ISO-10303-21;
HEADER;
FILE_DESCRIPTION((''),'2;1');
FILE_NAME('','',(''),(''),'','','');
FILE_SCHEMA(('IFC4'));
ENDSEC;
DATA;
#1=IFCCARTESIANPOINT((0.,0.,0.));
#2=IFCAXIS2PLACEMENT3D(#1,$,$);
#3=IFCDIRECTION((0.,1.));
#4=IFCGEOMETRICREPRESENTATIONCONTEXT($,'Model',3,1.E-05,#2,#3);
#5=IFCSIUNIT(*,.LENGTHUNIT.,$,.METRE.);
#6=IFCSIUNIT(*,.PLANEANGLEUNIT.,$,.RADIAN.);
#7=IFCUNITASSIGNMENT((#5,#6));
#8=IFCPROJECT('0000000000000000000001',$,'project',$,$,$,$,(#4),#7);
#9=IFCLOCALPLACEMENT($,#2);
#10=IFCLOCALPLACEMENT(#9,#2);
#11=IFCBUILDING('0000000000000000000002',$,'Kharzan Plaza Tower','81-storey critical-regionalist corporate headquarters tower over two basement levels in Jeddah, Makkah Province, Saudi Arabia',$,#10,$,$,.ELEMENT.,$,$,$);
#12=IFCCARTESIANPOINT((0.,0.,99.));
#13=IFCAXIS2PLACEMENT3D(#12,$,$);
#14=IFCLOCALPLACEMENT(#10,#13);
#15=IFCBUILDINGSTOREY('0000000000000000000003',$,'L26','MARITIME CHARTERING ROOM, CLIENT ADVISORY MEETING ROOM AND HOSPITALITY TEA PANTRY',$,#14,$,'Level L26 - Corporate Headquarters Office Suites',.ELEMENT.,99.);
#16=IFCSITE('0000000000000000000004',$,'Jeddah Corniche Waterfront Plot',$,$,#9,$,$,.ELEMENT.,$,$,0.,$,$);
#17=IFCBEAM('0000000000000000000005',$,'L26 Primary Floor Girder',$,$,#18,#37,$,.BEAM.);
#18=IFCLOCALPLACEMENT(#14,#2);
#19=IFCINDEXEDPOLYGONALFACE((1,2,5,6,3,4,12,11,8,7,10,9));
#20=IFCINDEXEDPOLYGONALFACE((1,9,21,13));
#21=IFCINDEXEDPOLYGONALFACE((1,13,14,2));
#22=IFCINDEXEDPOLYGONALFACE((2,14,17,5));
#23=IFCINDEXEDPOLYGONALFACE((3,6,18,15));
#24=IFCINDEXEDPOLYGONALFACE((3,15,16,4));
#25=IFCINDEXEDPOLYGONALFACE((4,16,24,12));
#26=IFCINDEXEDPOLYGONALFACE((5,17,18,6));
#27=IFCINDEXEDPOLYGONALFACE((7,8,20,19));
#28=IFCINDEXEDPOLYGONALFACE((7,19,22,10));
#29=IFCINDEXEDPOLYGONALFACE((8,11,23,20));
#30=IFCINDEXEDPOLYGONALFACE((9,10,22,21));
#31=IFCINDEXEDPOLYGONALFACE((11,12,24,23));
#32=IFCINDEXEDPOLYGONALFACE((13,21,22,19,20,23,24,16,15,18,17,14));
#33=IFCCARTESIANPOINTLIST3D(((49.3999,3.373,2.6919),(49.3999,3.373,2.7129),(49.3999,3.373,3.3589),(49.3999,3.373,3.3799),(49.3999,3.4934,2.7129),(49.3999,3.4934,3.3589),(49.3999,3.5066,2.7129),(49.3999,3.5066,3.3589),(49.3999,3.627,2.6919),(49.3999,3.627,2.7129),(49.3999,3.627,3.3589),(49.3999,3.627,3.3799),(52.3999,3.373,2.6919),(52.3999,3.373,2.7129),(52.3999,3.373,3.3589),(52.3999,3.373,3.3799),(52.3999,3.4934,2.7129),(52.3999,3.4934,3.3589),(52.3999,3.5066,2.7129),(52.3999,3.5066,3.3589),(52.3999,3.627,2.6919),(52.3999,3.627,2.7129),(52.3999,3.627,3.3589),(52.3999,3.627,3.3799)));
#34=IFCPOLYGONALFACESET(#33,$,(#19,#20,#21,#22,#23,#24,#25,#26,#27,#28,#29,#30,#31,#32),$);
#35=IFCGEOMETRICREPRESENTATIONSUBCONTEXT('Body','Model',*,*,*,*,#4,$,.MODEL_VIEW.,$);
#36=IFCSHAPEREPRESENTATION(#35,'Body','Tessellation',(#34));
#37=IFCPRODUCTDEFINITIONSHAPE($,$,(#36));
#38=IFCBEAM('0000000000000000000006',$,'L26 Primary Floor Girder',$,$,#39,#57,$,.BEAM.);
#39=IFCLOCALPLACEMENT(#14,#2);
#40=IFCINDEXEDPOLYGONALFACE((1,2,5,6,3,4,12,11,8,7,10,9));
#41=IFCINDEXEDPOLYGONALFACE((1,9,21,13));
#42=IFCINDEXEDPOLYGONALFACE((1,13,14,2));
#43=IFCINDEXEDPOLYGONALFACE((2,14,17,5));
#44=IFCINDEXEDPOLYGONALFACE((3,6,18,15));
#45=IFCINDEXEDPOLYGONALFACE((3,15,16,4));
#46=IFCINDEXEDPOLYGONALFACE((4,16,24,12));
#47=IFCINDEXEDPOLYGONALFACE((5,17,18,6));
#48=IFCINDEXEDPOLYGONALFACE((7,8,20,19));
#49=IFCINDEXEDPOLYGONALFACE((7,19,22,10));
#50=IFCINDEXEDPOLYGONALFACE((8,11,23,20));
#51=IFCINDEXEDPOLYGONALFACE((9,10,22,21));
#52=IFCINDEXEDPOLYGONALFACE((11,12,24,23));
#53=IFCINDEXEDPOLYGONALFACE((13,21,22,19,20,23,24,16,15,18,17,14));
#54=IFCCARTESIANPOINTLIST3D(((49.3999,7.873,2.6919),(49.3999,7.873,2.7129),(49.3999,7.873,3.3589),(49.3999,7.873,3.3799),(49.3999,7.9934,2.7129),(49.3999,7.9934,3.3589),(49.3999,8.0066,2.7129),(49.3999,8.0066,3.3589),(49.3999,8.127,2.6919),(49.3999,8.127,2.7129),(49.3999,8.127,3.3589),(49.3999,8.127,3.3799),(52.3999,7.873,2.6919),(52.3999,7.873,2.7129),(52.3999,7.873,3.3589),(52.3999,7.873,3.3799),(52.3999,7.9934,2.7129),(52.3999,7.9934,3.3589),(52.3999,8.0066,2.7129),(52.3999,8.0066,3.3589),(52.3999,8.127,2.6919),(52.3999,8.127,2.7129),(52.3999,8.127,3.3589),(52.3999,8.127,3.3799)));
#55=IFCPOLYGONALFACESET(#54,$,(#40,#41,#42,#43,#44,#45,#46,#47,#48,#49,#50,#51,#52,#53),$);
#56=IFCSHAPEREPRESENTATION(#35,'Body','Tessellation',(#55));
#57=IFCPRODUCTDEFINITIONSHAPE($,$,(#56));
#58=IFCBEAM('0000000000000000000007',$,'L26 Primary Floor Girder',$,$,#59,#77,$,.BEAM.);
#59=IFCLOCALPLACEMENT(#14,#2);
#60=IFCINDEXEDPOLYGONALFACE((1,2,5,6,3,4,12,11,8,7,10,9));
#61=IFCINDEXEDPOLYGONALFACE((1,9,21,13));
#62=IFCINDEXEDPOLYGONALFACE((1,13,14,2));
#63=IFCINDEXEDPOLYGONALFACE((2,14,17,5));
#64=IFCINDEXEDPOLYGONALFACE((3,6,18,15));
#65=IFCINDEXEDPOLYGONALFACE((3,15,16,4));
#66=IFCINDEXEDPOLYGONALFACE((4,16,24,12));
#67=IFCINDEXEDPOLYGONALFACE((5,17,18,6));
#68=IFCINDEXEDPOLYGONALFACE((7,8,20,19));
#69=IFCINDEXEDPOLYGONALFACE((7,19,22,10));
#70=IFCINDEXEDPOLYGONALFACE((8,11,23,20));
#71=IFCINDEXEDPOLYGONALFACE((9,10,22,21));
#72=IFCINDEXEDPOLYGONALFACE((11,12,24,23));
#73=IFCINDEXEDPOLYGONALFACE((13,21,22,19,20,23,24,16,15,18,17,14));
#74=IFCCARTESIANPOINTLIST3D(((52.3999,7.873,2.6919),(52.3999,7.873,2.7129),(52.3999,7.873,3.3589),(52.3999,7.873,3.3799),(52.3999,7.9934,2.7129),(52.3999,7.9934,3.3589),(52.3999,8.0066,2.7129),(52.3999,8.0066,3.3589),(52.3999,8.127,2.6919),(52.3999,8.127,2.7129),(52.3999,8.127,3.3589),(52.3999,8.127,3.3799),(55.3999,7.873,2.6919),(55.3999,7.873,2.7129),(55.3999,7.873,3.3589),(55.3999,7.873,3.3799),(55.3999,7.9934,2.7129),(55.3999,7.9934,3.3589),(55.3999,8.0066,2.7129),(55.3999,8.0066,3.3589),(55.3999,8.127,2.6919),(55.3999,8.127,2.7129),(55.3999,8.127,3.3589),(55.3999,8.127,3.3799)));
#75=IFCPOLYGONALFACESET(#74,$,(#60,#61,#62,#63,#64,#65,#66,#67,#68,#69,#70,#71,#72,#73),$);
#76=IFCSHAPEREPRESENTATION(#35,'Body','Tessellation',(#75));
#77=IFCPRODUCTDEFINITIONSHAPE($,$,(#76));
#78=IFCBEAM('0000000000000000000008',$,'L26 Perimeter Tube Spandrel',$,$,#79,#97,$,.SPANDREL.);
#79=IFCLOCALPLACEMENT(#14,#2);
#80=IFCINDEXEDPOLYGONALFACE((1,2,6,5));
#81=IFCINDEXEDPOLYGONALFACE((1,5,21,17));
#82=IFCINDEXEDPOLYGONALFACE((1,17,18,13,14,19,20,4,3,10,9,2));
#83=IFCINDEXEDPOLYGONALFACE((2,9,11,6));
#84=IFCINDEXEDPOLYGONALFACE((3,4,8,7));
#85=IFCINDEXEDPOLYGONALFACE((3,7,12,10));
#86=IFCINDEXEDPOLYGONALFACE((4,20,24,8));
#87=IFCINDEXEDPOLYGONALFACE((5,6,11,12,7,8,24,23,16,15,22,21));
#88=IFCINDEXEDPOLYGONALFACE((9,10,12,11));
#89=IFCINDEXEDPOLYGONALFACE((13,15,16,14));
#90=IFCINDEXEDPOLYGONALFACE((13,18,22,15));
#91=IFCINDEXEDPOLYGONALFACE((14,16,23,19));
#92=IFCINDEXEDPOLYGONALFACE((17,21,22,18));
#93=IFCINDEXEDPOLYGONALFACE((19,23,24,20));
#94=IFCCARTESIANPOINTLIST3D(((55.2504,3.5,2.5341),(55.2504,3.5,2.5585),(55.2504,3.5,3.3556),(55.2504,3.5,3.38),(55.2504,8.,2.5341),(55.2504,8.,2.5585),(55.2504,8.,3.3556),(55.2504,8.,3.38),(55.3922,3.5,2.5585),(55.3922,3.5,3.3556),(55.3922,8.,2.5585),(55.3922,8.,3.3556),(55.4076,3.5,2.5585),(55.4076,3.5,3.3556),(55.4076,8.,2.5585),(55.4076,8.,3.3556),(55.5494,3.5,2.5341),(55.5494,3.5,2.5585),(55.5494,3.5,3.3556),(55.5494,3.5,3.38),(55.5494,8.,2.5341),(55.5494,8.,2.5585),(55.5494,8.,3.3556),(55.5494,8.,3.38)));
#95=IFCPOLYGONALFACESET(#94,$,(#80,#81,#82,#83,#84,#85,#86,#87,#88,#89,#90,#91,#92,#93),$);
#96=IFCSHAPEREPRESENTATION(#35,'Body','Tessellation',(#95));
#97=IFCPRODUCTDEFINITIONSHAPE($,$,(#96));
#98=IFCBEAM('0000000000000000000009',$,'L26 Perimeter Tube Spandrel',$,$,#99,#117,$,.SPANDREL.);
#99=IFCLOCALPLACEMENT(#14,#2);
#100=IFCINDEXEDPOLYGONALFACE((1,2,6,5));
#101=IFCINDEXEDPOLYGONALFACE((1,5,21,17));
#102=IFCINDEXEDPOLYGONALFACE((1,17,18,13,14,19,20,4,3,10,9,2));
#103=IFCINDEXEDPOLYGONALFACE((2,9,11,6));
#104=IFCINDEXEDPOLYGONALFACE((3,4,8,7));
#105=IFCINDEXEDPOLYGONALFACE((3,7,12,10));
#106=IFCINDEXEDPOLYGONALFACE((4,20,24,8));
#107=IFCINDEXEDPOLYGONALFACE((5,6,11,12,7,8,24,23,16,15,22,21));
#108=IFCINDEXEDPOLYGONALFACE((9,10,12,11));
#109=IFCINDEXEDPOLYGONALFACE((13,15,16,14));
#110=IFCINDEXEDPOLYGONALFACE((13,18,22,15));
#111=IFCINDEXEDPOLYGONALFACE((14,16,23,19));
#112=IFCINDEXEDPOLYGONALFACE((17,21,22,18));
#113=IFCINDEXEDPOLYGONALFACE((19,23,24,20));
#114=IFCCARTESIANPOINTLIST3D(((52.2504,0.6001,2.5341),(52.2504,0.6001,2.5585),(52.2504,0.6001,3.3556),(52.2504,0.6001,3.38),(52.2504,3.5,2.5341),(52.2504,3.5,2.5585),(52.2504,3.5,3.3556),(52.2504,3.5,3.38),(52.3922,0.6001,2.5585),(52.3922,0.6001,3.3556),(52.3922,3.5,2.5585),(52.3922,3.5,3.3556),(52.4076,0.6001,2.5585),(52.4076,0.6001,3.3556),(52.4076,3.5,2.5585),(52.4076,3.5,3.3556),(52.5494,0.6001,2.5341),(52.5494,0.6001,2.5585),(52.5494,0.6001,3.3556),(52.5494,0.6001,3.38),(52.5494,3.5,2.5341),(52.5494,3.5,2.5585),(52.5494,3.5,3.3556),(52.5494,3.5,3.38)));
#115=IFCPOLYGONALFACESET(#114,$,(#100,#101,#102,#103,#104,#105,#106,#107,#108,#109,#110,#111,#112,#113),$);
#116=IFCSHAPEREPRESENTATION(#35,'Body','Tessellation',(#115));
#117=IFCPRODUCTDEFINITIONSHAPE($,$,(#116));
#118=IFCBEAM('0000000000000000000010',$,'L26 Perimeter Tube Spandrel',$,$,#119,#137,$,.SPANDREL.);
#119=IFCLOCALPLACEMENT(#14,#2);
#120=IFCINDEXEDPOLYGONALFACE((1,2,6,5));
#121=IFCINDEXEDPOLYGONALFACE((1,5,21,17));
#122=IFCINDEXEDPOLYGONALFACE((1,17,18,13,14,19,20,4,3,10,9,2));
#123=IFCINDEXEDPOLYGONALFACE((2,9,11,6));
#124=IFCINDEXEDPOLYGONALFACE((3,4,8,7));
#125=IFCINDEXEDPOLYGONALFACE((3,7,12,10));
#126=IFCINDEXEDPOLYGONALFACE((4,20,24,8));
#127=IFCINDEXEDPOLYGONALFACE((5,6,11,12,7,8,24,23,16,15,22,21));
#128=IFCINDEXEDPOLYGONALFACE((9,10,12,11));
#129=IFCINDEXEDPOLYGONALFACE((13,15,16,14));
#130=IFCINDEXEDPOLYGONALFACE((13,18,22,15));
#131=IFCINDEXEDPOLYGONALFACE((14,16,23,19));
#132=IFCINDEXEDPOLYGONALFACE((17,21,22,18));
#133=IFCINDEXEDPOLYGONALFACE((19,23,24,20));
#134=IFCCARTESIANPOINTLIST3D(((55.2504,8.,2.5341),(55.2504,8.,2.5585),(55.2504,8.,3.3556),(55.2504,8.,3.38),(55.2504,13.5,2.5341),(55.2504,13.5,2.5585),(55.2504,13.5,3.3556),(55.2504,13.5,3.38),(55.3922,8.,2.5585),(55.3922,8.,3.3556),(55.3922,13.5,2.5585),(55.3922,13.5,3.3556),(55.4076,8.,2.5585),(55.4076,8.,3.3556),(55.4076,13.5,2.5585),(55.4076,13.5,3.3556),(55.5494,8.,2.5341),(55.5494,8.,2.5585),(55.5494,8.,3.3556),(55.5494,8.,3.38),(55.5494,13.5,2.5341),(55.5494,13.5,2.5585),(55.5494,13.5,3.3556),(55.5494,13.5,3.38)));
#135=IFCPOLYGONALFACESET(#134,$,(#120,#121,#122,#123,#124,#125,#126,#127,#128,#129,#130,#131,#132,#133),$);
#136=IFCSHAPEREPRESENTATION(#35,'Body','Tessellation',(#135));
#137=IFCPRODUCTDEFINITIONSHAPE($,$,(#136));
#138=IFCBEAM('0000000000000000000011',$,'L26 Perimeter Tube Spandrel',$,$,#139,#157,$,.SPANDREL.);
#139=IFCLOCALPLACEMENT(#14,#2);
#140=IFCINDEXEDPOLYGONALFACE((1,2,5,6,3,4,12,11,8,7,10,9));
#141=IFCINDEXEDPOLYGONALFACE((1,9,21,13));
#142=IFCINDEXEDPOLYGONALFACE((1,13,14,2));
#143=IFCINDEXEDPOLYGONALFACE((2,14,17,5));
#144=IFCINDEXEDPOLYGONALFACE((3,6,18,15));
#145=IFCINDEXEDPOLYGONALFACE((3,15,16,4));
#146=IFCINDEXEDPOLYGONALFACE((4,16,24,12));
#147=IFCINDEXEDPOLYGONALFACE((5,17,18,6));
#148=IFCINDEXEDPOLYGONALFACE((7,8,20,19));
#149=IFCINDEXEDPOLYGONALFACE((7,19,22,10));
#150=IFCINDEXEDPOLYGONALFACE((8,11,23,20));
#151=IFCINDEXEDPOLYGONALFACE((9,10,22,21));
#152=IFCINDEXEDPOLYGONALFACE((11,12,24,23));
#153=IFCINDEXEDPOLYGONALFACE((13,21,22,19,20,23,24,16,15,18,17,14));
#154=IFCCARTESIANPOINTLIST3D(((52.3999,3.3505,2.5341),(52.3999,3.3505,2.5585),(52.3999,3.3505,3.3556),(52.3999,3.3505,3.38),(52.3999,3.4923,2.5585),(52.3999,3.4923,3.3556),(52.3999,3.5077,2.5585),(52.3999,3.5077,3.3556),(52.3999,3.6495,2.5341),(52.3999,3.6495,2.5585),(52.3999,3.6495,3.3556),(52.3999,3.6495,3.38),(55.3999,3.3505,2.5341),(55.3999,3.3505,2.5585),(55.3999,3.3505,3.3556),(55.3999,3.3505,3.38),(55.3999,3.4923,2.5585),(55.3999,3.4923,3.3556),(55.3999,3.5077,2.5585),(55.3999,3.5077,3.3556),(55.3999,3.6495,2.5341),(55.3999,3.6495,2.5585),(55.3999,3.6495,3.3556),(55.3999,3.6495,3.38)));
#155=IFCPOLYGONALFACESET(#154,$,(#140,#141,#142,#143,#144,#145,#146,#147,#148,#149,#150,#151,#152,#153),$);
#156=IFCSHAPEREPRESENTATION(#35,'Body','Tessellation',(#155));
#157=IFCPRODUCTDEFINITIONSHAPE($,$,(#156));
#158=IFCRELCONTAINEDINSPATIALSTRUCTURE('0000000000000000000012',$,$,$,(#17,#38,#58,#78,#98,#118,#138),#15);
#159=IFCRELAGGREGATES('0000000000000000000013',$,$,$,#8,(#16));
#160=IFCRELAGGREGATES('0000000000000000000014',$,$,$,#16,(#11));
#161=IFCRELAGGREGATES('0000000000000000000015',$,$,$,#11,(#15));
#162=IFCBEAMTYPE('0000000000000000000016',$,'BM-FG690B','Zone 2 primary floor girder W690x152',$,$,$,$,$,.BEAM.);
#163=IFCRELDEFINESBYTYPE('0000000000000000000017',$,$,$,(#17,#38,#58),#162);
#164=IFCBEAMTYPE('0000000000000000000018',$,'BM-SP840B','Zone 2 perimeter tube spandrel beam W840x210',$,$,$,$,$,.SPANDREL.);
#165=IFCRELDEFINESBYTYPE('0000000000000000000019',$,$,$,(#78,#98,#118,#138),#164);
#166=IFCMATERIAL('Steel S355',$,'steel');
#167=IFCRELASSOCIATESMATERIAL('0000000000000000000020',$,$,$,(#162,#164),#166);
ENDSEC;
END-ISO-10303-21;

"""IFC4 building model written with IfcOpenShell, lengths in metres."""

from ifc_helpers import new_model, si_unit, direction, frame, origin, origin_2d, place, context, subcontext, project, spatial, i_section, extrude, source, transform, mapped, material, material_profile, profile_set, type_object, element, save


model = new_model("IFC4")

# Units and contexts
model_context = context("Model", 3, precision=1e-05, world=origin(), true_north=direction((0.0, 1.0)))
body_context = subcontext(model_context, "Body", "Model", "MODEL_VIEW")
ifc_project = project(units=[si_unit("LENGTHUNIT", "METRE"), si_unit("PLANEANGLEUNIT", "RADIAN")], contexts=[model_context])

# Site, building, storey
site_placement = place(None, origin())
site = spatial("IfcSite", under=ifc_project, at=site_placement, Name="Jeddah Corniche Waterfront Plot", CompositionType="ELEMENT", RefElevation=0.0)
building_placement = place(site_placement, origin())
building = spatial("IfcBuilding", under=site, at=building_placement, Name="Kharzan Plaza Tower", Description="81-storey critical-regionalist corporate headquarters tower over two basement levels in Jeddah, Makkah Province, Saudi Arabia", CompositionType="ELEMENT")
storey_placement = place(building_placement, frame((0.0, 0.0, 99.0)))
storey = spatial("IfcBuildingStorey", under=building, at=storey_placement, Name="L26", Description="MARITIME CHARTERING ROOM, CLIENT ADVISORY MEETING ROOM AND HOSPITALITY TEA PANTRY", LongName="Level L26 - Corporate Headquarters Office Suites", CompositionType="ELEMENT", Elevation=99.0)

# Beams
ifc_material_1 = material(Name="Steel S355", Category="steel")
ifc_material_profile_1 = material_profile(ifc_material_1, i_section(OverallWidth=0.2539, OverallDepth=0.688, WebThickness=0.0132, FlangeThickness=0.021, at=origin_2d()), Name="W690x152")
ifc_profile_set_1 = profile_set([ifc_material_profile_1], Name="Steel S355")
beam_type_1 = type_object("IfcBeamType", Name="BM-FG690B", Description="Zone 2 primary floor girder W690x152", PredefinedType="BEAM", material=ifc_profile_set_1)
shared_shape_1 = source(origin(), body_context, "Body", "SweptSolid", [
    extrude(i_section(OverallWidth=0.2539, OverallDepth=0.688, WebThickness=0.0132, FlangeThickness=0.021, at=origin_2d()), origin(), (0.0, 0.0, 1.0), 3.0),
])
for number, where, z_axis, x_axis, name in (
    (1, (49.3999, 3.5, 3.0359), (1.0, 0.0, 0.0), (0.0, 1.0, 0.0), "L26 Primary Floor Girder"),
    (2, (49.3999, 8.0, 3.0359), (1.0, 0.0, 0.0), (0.0, 1.0, 0.0), "L26 Primary Floor Girder"),
    (3, (52.3999, 8.0, 3.0359), (1.0, 0.0, 0.0), (0.0, 1.0, 0.0), "L26 Primary Floor Girder"),
):
    element("IfcBeam", number, at=place(storey_placement, frame(where, z_axis=z_axis, x_axis=x_axis)), inside=storey, type_object=beam_type_1, Name=name, PredefinedType="BEAM", context=body_context, shape_type="MappedRepresentation", body=[
        mapped(shared_shape_1, transform((0.0, 0.0, 0.0), x_axis=(1.0, 0.0, 0.0), y_axis=(0.0, 1.0, 0.0), z_axis=(0.0, 0.0, 1.0))),
    ])
ifc_material_profile_2 = material_profile(ifc_material_1, i_section(OverallWidth=0.2991, OverallDepth=0.8459, WebThickness=0.0154, FlangeThickness=0.0244, at=origin_2d()), Name="W840x210")
ifc_profile_set_2 = profile_set([ifc_material_profile_2], Name="Steel S355")
beam_type_2 = type_object("IfcBeamType", Name="BM-SP840B", Description="Zone 2 perimeter tube spandrel beam W840x210", PredefinedType="SPANDREL", material=ifc_profile_set_2)
shared_shape_2 = source(origin(), body_context, "Body", "SweptSolid", [
    extrude(i_section(OverallWidth=0.2991, OverallDepth=0.8459, WebThickness=0.0154, FlangeThickness=0.0244, at=origin_2d()), origin(), (0.0, 0.0, 1.0), 4.5),
])
beam_1_placement = place(storey_placement, frame((55.3999, 3.5, 2.957), z_axis=(0.0, 1.0, 0.0), x_axis=(-1.0, 0.0, 0.0)))
element("IfcBeam", 4, at=beam_1_placement, inside=storey, type_object=beam_type_2, Name="L26 Perimeter Tube Spandrel", PredefinedType="SPANDREL", context=body_context, shape_type="MappedRepresentation", body=[
    mapped(shared_shape_2, transform((0.0, 0.0, 0.0), x_axis=(1.0, 0.0, 0.0), y_axis=(0.0, 1.0, 0.0), z_axis=(0.0, 0.0, 1.0))),
])
shared_shape_3 = source(origin(), body_context, "Body", "SweptSolid", [
    extrude(i_section(OverallWidth=0.2991, OverallDepth=0.8459, WebThickness=0.0154, FlangeThickness=0.0244, at=origin_2d()), origin(), (0.0, 0.0, 1.0), 2.8999),
])
beam_2_placement = place(storey_placement, frame((52.3999, 0.6001, 2.957), z_axis=(0.0, 1.0, 0.0), x_axis=(-1.0, 0.0, 0.0)))
element("IfcBeam", 5, at=beam_2_placement, inside=storey, type_object=beam_type_2, Name="L26 Perimeter Tube Spandrel", PredefinedType="SPANDREL", context=body_context, shape_type="MappedRepresentation", body=[
    mapped(shared_shape_3, transform((0.0, 0.0, 0.0), x_axis=(1.0, 0.0, 0.0), y_axis=(0.0, 1.0, 0.0), z_axis=(0.0, 0.0, 1.0))),
])
shared_shape_4 = source(origin(), body_context, "Body", "SweptSolid", [
    extrude(i_section(OverallWidth=0.2991, OverallDepth=0.8459, WebThickness=0.0154, FlangeThickness=0.0244, at=origin_2d()), origin(), (0.0, 0.0, 1.0), 5.5),
])
beam_3_placement = place(storey_placement, frame((55.3999, 8.0, 2.957), z_axis=(0.0, 1.0, 0.0), x_axis=(-1.0, 0.0, 0.0)))
element("IfcBeam", 6, at=beam_3_placement, inside=storey, type_object=beam_type_2, Name="L26 Perimeter Tube Spandrel", PredefinedType="SPANDREL", context=body_context, shape_type="MappedRepresentation", body=[
    mapped(shared_shape_4, transform((0.0, 0.0, 0.0), x_axis=(1.0, 0.0, 0.0), y_axis=(0.0, 1.0, 0.0), z_axis=(0.0, 0.0, 1.0))),
])
shared_shape_5 = source(origin(), body_context, "Body", "SweptSolid", [
    extrude(i_section(OverallWidth=0.2991, OverallDepth=0.8459, WebThickness=0.0154, FlangeThickness=0.0244, at=origin_2d()), origin(), (0.0, 0.0, 1.0), 3.0),
])
beam_4_placement = place(storey_placement, frame((52.3999, 3.5, 2.957), z_axis=(1.0, 0.0, 0.0), x_axis=(0.0, 1.0, 0.0)))
element("IfcBeam", 7, at=beam_4_placement, inside=storey, type_object=beam_type_2, Name="L26 Perimeter Tube Spandrel", PredefinedType="SPANDREL", context=body_context, shape_type="MappedRepresentation", body=[
    mapped(shared_shape_5, transform((0.0, 0.0, 0.0), x_axis=(1.0, 0.0, 0.0), y_axis=(0.0, 1.0, 0.0), z_axis=(0.0, 0.0, 1.0))),
])

save(model, "model.ifc")
